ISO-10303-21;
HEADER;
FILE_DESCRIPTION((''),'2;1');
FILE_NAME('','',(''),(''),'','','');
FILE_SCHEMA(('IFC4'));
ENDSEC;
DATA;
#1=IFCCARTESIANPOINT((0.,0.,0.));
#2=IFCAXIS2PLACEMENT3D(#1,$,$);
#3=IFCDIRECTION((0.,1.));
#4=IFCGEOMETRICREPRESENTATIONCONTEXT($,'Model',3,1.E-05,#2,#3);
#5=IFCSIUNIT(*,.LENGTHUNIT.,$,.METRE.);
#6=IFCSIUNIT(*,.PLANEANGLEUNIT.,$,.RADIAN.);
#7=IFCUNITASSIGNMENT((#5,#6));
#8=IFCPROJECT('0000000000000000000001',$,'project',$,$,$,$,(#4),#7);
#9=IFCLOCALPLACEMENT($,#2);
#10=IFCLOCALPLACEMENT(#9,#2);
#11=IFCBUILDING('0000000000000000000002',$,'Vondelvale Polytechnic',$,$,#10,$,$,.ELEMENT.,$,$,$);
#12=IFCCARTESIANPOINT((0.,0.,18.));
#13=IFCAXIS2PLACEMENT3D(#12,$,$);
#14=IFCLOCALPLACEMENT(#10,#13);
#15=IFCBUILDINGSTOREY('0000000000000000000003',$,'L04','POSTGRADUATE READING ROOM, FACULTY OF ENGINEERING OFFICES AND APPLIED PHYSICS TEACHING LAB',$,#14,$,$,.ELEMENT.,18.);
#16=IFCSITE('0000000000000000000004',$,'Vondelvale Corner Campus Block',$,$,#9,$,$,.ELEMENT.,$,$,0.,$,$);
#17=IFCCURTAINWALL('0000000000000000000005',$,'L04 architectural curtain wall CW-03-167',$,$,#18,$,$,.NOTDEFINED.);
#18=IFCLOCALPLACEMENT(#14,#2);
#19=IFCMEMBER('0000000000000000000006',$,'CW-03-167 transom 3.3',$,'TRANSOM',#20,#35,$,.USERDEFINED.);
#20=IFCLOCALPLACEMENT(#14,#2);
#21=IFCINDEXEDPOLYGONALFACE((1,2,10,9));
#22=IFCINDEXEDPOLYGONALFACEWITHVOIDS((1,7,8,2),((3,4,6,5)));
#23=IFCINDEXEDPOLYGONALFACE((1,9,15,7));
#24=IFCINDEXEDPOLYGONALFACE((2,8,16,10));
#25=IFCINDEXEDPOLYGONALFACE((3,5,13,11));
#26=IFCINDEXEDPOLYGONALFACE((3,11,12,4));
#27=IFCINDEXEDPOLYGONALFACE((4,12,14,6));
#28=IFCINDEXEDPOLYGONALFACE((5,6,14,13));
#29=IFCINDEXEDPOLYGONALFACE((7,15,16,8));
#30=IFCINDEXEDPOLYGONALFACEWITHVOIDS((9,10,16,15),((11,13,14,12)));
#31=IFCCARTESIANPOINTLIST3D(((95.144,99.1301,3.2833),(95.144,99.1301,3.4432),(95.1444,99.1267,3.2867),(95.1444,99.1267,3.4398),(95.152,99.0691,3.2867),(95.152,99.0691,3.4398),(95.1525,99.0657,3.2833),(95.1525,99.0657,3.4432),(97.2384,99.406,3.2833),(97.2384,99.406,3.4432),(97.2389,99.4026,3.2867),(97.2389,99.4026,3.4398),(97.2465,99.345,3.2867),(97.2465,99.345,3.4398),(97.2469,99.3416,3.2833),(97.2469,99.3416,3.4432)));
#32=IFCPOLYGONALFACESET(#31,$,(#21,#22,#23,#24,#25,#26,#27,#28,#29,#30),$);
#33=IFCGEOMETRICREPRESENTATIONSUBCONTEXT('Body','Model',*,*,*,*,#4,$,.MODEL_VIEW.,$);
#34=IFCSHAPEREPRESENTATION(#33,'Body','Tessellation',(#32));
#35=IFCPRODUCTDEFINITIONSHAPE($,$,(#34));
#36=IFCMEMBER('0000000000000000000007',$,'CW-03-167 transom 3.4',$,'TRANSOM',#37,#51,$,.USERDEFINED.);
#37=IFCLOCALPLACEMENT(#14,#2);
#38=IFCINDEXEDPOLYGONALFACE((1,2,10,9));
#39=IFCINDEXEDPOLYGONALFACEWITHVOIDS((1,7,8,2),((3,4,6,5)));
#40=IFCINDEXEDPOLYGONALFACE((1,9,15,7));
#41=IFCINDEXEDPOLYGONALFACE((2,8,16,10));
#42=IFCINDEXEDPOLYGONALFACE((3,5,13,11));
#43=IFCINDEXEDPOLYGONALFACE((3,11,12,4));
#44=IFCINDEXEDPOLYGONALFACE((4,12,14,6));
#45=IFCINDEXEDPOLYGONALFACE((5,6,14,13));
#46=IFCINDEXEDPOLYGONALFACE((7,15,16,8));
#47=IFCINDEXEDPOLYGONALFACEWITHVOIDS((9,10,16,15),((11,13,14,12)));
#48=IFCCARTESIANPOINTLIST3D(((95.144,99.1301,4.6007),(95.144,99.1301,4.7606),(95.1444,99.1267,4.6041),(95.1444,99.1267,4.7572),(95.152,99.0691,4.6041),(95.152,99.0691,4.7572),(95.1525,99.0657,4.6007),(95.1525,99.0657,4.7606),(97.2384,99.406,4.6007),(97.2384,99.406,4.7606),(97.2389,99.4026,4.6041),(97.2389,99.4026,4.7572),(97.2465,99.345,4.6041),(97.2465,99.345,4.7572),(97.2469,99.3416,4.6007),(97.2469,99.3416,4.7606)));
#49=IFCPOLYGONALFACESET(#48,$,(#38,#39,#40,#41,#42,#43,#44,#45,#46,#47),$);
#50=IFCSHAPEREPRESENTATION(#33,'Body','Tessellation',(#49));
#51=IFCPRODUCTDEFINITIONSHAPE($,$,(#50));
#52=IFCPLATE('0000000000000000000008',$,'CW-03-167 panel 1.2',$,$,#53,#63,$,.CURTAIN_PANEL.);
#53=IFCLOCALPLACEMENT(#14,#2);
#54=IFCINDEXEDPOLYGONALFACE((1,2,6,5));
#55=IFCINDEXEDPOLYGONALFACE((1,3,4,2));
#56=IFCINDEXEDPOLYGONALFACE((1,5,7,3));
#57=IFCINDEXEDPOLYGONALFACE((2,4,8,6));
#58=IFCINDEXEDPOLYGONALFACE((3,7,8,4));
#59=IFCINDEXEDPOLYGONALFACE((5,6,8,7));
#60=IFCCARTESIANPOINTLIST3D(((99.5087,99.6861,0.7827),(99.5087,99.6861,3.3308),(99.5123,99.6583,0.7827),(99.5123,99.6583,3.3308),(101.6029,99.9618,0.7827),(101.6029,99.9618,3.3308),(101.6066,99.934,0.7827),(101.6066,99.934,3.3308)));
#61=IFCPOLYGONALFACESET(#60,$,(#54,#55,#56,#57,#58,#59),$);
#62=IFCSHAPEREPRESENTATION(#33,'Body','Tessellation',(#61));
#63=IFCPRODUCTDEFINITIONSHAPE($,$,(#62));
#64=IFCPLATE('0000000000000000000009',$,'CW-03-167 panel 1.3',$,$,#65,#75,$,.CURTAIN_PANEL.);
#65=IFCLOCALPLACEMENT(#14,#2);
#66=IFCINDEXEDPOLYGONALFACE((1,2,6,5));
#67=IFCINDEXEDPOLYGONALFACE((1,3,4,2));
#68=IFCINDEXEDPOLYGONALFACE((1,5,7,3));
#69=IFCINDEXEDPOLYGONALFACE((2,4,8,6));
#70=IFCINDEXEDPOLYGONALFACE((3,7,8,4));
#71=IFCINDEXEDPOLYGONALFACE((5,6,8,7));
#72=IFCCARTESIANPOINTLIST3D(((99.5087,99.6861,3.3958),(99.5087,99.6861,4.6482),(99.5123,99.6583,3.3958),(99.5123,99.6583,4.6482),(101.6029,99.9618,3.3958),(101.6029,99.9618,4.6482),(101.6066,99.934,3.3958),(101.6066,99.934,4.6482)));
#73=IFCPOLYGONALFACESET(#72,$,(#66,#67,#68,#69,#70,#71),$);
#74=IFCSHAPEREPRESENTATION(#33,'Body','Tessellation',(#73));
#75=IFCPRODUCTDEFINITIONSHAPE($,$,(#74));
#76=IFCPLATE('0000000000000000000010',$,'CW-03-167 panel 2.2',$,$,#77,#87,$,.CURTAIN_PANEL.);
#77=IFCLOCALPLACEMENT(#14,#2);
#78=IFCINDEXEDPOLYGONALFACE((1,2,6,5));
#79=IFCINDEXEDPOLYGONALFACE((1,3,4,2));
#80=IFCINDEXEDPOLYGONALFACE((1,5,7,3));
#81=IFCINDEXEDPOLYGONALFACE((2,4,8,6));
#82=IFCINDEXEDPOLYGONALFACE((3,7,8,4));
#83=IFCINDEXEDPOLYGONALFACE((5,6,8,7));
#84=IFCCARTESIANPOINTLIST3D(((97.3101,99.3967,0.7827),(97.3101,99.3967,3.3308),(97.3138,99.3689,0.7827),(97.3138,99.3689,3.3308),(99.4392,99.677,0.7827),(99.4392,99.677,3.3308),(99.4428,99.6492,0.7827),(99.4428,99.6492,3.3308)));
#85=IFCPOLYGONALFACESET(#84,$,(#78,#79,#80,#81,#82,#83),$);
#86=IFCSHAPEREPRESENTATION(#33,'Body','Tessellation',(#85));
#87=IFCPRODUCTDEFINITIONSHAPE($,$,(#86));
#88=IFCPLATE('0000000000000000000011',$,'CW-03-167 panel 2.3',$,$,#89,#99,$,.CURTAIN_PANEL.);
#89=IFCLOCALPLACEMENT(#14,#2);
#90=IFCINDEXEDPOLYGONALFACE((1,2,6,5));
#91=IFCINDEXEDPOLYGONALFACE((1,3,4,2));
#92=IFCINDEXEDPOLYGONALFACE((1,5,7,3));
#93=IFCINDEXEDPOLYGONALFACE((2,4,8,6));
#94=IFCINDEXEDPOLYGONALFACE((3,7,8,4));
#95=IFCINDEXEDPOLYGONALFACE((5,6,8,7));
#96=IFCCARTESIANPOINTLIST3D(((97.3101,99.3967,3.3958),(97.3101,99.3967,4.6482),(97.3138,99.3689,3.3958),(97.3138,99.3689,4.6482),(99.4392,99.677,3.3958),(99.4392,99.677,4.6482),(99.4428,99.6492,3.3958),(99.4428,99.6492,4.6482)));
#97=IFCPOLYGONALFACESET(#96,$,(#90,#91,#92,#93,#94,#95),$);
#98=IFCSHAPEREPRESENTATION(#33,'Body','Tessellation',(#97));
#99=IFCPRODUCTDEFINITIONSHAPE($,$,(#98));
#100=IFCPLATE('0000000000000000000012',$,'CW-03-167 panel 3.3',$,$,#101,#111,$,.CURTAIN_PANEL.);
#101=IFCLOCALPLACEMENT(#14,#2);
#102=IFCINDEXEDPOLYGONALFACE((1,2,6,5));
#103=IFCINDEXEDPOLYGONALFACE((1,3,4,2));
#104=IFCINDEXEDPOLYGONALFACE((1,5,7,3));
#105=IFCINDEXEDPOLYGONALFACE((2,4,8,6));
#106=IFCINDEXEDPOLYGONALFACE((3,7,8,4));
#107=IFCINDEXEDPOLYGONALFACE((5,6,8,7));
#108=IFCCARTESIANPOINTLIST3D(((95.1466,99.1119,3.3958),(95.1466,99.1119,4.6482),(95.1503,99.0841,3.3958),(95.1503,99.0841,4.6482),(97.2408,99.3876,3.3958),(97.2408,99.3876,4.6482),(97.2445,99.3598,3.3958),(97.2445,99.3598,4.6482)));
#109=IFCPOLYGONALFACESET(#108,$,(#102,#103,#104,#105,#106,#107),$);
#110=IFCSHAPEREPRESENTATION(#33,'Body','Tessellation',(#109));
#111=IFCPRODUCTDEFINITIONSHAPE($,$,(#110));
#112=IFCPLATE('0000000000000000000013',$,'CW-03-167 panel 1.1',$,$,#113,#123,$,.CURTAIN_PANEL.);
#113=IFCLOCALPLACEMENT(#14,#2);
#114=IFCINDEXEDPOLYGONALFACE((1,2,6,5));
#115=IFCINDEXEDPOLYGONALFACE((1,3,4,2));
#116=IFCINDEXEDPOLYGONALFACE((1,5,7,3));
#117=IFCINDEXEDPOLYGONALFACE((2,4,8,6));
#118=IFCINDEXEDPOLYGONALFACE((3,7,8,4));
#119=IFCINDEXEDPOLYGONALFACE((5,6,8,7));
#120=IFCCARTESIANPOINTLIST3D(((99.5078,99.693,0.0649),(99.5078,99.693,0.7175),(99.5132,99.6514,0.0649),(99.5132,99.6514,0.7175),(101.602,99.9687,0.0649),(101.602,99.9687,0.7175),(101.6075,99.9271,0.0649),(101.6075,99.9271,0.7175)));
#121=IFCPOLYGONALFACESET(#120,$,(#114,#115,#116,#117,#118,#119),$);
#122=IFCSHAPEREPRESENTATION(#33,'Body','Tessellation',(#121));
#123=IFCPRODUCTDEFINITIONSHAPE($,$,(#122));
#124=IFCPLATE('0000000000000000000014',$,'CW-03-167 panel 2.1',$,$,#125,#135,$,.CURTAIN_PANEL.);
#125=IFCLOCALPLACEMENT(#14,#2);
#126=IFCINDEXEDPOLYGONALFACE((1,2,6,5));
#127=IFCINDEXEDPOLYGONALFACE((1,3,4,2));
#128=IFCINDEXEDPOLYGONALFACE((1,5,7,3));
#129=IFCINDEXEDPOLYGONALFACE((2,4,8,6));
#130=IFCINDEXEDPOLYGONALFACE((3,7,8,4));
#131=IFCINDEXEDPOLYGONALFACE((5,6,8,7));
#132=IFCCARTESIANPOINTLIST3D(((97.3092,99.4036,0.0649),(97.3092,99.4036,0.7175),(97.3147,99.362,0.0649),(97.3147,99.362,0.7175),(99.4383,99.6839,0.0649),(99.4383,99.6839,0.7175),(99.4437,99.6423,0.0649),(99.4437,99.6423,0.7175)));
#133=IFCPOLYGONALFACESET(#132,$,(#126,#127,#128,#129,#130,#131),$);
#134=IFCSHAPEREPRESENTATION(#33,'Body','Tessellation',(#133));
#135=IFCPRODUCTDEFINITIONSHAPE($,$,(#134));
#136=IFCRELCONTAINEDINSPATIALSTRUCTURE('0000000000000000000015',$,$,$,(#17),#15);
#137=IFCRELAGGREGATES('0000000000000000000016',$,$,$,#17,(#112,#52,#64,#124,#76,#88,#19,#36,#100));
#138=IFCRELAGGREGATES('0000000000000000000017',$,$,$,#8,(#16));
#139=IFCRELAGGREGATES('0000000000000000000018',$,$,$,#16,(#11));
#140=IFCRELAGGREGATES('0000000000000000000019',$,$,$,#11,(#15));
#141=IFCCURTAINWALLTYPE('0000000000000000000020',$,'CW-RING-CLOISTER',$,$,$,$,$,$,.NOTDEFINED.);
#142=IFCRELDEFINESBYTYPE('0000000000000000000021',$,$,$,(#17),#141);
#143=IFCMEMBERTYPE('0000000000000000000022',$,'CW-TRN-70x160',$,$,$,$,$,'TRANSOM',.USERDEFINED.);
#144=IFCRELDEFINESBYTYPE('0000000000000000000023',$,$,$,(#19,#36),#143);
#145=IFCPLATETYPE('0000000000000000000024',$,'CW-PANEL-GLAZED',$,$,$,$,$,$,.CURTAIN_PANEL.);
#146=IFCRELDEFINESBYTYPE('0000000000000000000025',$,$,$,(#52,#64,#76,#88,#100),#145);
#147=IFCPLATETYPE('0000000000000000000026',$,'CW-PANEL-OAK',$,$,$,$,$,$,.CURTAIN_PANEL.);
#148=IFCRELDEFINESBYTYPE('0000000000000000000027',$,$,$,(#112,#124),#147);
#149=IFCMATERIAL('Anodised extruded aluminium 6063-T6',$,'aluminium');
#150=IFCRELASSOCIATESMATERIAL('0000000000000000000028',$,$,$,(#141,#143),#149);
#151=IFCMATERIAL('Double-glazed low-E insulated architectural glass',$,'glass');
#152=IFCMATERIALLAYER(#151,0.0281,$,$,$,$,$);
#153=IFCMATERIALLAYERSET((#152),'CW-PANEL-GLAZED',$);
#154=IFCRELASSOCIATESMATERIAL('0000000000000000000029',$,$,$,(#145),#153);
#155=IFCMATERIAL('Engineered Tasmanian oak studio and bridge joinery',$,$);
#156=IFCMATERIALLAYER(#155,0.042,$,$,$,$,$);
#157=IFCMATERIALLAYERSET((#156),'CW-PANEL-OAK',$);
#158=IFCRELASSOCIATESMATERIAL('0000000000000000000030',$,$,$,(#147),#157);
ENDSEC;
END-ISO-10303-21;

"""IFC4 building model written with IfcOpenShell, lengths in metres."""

from ifc_helpers import new_model, si_unit, direction, frame, origin, origin_2d, place, context, subcontext, project, spatial, rectangle, hollow_rectangle, extrude, material, layer, layer_set, material_profile, profile_set, type_object, element, aggregate, save


model = new_model("IFC4")

# Units and contexts
model_context = context("Model", 3, precision=1e-05, world=origin(), true_north=direction((0.0, 1.0)))
body_context = subcontext(model_context, "Body", "Model", "MODEL_VIEW")
ifc_project = project(units=[si_unit("LENGTHUNIT", "METRE"), si_unit("PLANEANGLEUNIT", "RADIAN")], contexts=[model_context])

# Site, building, storey
site_placement = place(None, origin())
site = spatial("IfcSite", under=ifc_project, at=site_placement, Name="Vondelvale Corner Campus Block", CompositionType="ELEMENT", RefElevation=0.0)
building_placement = place(site_placement, origin())
building = spatial("IfcBuilding", under=site, at=building_placement, Name="Vondelvale Polytechnic", CompositionType="ELEMENT")
storey_placement = place(building_placement, frame((0.0, 0.0, 18.0)))
storey = spatial("IfcBuildingStorey", under=building, at=storey_placement, Name="L04", Description="POSTGRADUATE READING ROOM, FACULTY OF ENGINEERING OFFICES AND APPLIED PHYSICS TEACHING LAB", CompositionType="ELEMENT", Elevation=18.0)

# Shared definitions
ifc_material_1 = material(Name="Anodised extruded aluminium 6063-T6", Category="aluminium")

# Curtain wall, members, plates
curtain_wall_type_1 = type_object("IfcCurtainWallType", Name="CW-RING-CLOISTER", PredefinedType="NOTDEFINED", material=ifc_material_1)
curtain_wall_1_placement = place(storey_placement, origin())
curtain_wall_1 = element("IfcCurtainWall", 1, at=curtain_wall_1_placement, inside=storey, type_object=curtain_wall_type_1, Name="L04 architectural curtain wall CW-03-167", PredefinedType="NOTDEFINED")
ifc_material_profile_1 = material_profile(ifc_material_1, hollow_rectangle(XDim=0.0649, YDim=0.1599, WallThickness=0.0034, at=origin_2d()), Name="CW-TRN-160x65")
ifc_profile_set_1 = profile_set([ifc_material_profile_1], Name="Anodised extruded aluminium 6063-T6")
member_type_1 = type_object("IfcMemberType", Name="CW-TRN-70x160", ElementType="TRANSOM", PredefinedType="USERDEFINED", material=ifc_profile_set_1)
member_1_placement = place(storey_placement, frame((97.2427, 99.3738, 3.3633), z_axis=(-0.991437, -0.130589, 0.0), x_axis=(0.130589, -0.991437, 0.0)))
member_1 = element("IfcMember", 2, at=member_1_placement, type_object=member_type_1, Name="CW-03-167 transom 3.3", ObjectType="TRANSOM", PredefinedType="USERDEFINED", context=body_context, shape_type="SweptSolid", body=[
    extrude(hollow_rectangle(XDim=0.0649, YDim=0.1599, WallThickness=0.0034, at=origin_2d()), origin(), (0.0, 0.0, 1.0), 2.1125),
])
member_2_placement = place(storey_placement, frame((97.2427, 99.3738, 4.6807), z_axis=(-0.991437, -0.130589, 0.0), x_axis=(0.130589, -0.991437, 0.0)))
member_2 = element("IfcMember", 3, at=member_2_placement, type_object=member_type_1, Name="CW-03-167 transom 3.4", ObjectType="TRANSOM", PredefinedType="USERDEFINED", context=body_context, shape_type="SweptSolid", body=[
    extrude(hollow_rectangle(XDim=0.0649, YDim=0.1599, WallThickness=0.0034, at=origin_2d()), origin(), (0.0, 0.0, 1.0), 2.1125),
])
ifc_material_2 = material(Name="Double-glazed low-E insulated architectural glass", Category="glass")
ifc_layer_1 = layer(ifc_material_2, 0.0281)
ifc_layer_set_1 = layer_set([ifc_layer_1], Name="CW-PANEL-GLAZED")
plate_type_1 = type_object("IfcPlateType", Name="CW-PANEL-GLAZED", PredefinedType="CURTAIN_PANEL", material=ifc_layer_set_1)
plate_1_placement = place(storey_placement, frame((100.5576, 99.8101, 0.7827), z_axis=(0.0, 0.0, 1.0), x_axis=(-0.991445, -0.130528, 0.0)))
plate_1 = element("IfcPlate", 4, at=plate_1_placement, type_object=plate_type_1, Name="CW-03-167 panel 1.2", PredefinedType="CURTAIN_PANEL", context=body_context, shape_type="SweptSolid", body=[
    extrude(rectangle(XDim=2.1123, YDim=0.0281, at=origin_2d()), origin(), (0.0, 0.0, 1.0), 2.5481),
])
plate_2_placement = place(storey_placement, frame((100.5576, 99.8101, 3.3958), z_axis=(0.0, 0.0, 1.0), x_axis=(-0.991445, -0.130528, 0.0)))
plate_2 = element("IfcPlate", 5, at=plate_2_placement, type_object=plate_type_1, Name="CW-03-167 panel 1.3", PredefinedType="CURTAIN_PANEL", context=body_context, shape_type="SweptSolid", body=[
    extrude(rectangle(XDim=2.1123, YDim=0.0281, at=origin_2d()), origin(), (0.0, 0.0, 1.0), 1.2524),
])
plate_3_placement = place(storey_placement, frame((98.3765, 99.5229, 0.7827), z_axis=(0.0, 0.0, 1.0), x_axis=(-0.991445, -0.130528, 0.0)))
plate_3 = element("IfcPlate", 6, at=plate_3_placement, type_object=plate_type_1, Name="CW-03-167 panel 2.2", PredefinedType="CURTAIN_PANEL", context=body_context, shape_type="SweptSolid", body=[
    extrude(rectangle(XDim=2.1475, YDim=0.0281, at=origin_2d()), origin(), (0.0, 0.0, 1.0), 2.5481),
])
plate_4_placement = place(storey_placement, frame((98.3765, 99.5229, 3.3958), z_axis=(0.0, 0.0, 1.0), x_axis=(-0.991445, -0.130528, 0.0)))
plate_4 = element("IfcPlate", 7, at=plate_4_placement, type_object=plate_type_1, Name="CW-03-167 panel 2.3", PredefinedType="CURTAIN_PANEL", context=body_context, shape_type="SweptSolid", body=[
    extrude(rectangle(XDim=2.1475, YDim=0.0281, at=origin_2d()), origin(), (0.0, 0.0, 1.0), 1.2524),
])
plate_5_placement = place(storey_placement, frame((96.1956, 99.2358, 3.3958), z_axis=(0.0, 0.0, 1.0), x_axis=(-0.991445, -0.130528, 0.0)))
plate_5 = element("IfcPlate", 8, at=plate_5_placement, type_object=plate_type_1, Name="CW-03-167 panel 3.3", PredefinedType="CURTAIN_PANEL", context=body_context, shape_type="SweptSolid", body=[
    extrude(rectangle(XDim=2.1123, YDim=0.0281, at=origin_2d()), origin(), (0.0, 0.0, 1.0), 1.2524),
])
ifc_material_3 = material(Name="Engineered Tasmanian oak studio and bridge joinery")
ifc_layer_2 = layer(ifc_material_3, 0.042)
ifc_layer_set_2 = layer_set([ifc_layer_2], Name="CW-PANEL-OAK")
plate_type_2 = type_object("IfcPlateType", Name="CW-PANEL-OAK", PredefinedType="CURTAIN_PANEL", material=ifc_layer_set_2)
plate_6_placement = place(storey_placement, frame((100.5576, 99.8101, 0.0649), z_axis=(0.0, 0.0, 1.0), x_axis=(-0.991445, -0.130528, 0.0)))
plate_6 = element("IfcPlate", 9, at=plate_6_placement, type_object=plate_type_2, Name="CW-03-167 panel 1.1", PredefinedType="CURTAIN_PANEL", context=body_context, shape_type="SweptSolid", body=[
    extrude(rectangle(XDim=2.1123, YDim=0.042, at=origin_2d()), origin(), (0.0, 0.0, 1.0), 0.6526),
])
plate_7_placement = place(storey_placement, frame((98.3765, 99.5229, 0.0649), z_axis=(0.0, 0.0, 1.0), x_axis=(-0.991445, -0.130528, 0.0)))
plate_7 = element("IfcPlate", 10, at=plate_7_placement, type_object=plate_type_2, Name="CW-03-167 panel 2.1", PredefinedType="CURTAIN_PANEL", context=body_context, shape_type="SweptSolid", body=[
    extrude(rectangle(XDim=2.1475, YDim=0.042, at=origin_2d()), origin(), (0.0, 0.0, 1.0), 0.6526),
])
aggregate(curtain_wall_1, [plate_6, plate_1, plate_2, plate_7, plate_3, plate_4, member_1, member_2, plate_5])

save(model, "model.ifc")
